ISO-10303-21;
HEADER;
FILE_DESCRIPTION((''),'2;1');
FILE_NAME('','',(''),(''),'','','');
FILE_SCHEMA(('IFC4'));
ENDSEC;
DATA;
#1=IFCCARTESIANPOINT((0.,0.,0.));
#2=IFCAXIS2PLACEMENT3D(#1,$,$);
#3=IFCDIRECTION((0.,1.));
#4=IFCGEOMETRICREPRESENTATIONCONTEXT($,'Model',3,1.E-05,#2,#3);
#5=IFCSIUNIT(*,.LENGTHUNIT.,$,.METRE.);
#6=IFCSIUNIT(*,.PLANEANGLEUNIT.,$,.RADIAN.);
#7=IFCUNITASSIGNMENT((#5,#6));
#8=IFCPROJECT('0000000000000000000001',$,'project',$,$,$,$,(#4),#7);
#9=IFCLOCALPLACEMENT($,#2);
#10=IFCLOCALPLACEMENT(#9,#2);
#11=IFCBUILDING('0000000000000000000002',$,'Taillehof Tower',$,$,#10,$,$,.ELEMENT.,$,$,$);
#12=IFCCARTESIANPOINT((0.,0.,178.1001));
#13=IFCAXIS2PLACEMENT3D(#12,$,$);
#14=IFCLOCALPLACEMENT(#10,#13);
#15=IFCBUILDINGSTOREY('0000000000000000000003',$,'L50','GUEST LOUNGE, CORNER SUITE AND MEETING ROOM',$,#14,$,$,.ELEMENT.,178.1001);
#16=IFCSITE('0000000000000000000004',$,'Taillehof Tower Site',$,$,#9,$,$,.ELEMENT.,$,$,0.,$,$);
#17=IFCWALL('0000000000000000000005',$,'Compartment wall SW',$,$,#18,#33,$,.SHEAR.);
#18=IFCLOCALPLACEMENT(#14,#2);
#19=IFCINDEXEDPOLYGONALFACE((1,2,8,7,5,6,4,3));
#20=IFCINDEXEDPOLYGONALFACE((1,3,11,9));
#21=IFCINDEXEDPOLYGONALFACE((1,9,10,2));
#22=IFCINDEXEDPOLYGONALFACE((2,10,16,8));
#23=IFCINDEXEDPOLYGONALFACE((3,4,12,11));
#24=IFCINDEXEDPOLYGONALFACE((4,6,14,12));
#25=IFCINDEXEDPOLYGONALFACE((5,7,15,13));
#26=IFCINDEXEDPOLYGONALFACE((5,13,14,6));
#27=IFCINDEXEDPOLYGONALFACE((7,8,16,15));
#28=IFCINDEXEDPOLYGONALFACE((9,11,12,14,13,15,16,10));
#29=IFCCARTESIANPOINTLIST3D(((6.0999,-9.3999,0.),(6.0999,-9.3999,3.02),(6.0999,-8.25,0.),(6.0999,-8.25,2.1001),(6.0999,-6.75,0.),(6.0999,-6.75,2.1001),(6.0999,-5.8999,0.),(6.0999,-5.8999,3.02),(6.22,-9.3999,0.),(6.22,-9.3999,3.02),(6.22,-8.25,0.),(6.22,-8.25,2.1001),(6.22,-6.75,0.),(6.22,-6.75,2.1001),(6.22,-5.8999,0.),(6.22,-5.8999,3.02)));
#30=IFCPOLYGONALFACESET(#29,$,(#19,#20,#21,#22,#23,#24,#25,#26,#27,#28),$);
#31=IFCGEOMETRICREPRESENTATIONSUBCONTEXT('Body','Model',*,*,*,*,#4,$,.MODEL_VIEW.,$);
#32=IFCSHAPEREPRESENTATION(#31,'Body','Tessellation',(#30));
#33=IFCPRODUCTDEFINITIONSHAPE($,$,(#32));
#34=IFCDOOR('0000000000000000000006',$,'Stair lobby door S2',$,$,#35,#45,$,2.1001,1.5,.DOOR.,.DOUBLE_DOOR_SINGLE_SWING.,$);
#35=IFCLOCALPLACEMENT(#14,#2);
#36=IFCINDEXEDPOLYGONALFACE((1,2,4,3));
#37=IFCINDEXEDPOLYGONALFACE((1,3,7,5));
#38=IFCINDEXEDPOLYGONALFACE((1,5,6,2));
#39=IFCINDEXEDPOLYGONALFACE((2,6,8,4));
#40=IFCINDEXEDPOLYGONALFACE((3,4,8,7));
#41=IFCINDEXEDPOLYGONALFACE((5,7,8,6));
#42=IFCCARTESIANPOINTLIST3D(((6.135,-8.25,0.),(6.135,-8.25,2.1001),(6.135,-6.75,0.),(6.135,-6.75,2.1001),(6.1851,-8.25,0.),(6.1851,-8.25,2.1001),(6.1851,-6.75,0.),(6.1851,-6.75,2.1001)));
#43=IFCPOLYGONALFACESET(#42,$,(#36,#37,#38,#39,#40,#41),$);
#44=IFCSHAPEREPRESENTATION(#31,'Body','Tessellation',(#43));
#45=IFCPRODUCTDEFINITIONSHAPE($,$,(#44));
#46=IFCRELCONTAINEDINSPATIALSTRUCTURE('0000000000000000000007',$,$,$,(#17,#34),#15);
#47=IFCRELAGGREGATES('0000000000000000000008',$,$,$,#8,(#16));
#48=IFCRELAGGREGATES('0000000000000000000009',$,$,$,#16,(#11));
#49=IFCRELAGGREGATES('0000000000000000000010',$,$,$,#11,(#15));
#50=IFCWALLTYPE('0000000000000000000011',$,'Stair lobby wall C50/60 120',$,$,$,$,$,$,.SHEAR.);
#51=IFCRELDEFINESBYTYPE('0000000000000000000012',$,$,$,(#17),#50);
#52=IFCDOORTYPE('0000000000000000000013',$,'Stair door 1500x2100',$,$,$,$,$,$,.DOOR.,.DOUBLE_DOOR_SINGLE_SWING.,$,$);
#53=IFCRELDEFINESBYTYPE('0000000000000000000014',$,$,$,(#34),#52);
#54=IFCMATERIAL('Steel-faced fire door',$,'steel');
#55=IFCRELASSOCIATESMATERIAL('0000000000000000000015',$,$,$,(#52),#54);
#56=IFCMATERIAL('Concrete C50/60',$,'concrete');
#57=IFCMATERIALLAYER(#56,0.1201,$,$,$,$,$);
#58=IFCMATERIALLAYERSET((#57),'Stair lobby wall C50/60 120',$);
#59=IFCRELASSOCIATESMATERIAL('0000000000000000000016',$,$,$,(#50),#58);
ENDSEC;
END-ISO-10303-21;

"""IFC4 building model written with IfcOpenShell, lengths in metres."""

from ifc_helpers import new_model, si_unit, direction, frame, frame_2d, origin, place, context, subcontext, project, spatial, rectangle, extrude, material, layer, layer_set, type_object, element, fill, save


model = new_model("IFC4")

# Units and contexts
model_context = context("Model", 3, precision=1e-05, world=origin(), true_north=direction((0.0, 1.0)))
body_context = subcontext(model_context, "Body", "Model", "MODEL_VIEW")
ifc_project = project(units=[si_unit("LENGTHUNIT", "METRE"), si_unit("PLANEANGLEUNIT", "RADIAN")], contexts=[model_context])

# Site, building, storey
site_placement = place(None, origin())
site = spatial("IfcSite", under=ifc_project, at=site_placement, Name="Taillehof Tower Site", CompositionType="ELEMENT", RefElevation=0.0)
building_placement = place(site_placement, origin())
building = spatial("IfcBuilding", under=site, at=building_placement, Name="Taillehof Tower", CompositionType="ELEMENT")
storey_placement = place(building_placement, frame((0.0, 0.0, 178.1001)))
storey = spatial("IfcBuildingStorey", under=building, at=storey_placement, Name="L50", Description="GUEST LOUNGE, CORNER SUITE AND MEETING ROOM", CompositionType="ELEMENT", Elevation=178.1001)

# Shared definitions
ifc_material_1 = material(Name="Steel-faced fire door", Category="steel")
door_type_1 = type_object("IfcDoorType", Name="Stair door 1500x2100", OperationType="DOUBLE_DOOR_SINGLE_SWING", PredefinedType="DOOR", material=ifc_material_1)

# Wall, opening, door
ifc_material_2 = material(Name="Concrete C50/60", Category="concrete")
ifc_layer_1 = layer(ifc_material_2, 0.1201)
ifc_layer_set_1 = layer_set([ifc_layer_1], Name="Stair lobby wall C50/60 120")
wall_type_1 = type_object("IfcWallType", Name="Stair lobby wall C50/60 120", PredefinedType="SHEAR", material=ifc_layer_set_1)
wall_1_placement = place(storey_placement, frame((6.1599, -9.3999, 0.0), z_axis=(0.0, 0.0, 1.0), x_axis=(0.0, 1.0, 0.0)))
wall_1 = element("IfcWall", 1, at=wall_1_placement, inside=storey, type_object=wall_type_1, Name="Compartment wall SW", PredefinedType="SHEAR", context=body_context, shape_type="SweptSolid", body=[
    extrude(rectangle(XDim=3.5, YDim=0.1201, at=frame_2d((1.75, 0.0))), origin(), (0.0, 0.0, 1.0), 3.02),
])
opening_1_placement = place(wall_1_placement, frame((1.1499, 0.0, 0.0)))
opening_1 = element("IfcOpeningElement", 2, at=opening_1_placement, cuts=wall_1, PredefinedType="OPENING", context=body_context, shape_type="SweptSolid", body=[
    extrude(rectangle(XDim=1.5, YDim=2.1001, at=frame_2d((0.75, 1.05))), frame((0.0, 0.0701, 0.0), z_axis=(0.0, -1.0, 0.0), x_axis=(1.0, 0.0, 0.0)), (0.0, 0.0, 1.0), 0.1401),
])
door_1_placement = place(opening_1_placement, origin())
door_1 = element("IfcDoor", 3, at=door_1_placement, inside=storey, type_object=door_type_1, Name="Stair lobby door S2", OperationType="DOUBLE_DOOR_SINGLE_SWING", OverallHeight=2.1001, OverallWidth=1.5, PredefinedType="DOOR", context=body_context, shape_type="SweptSolid", body=[
    extrude(rectangle(XDim=1.5, YDim=2.1001, at=frame_2d((0.75, 1.05))), frame((0.0, 0.0249, 0.0), z_axis=(0.0, -1.0, 0.0), x_axis=(1.0, 0.0, 0.0)), (0.0, 0.0, 1.0), 0.05),
])
fill(opening_1, door_1)

save(model, "model.ifc")
